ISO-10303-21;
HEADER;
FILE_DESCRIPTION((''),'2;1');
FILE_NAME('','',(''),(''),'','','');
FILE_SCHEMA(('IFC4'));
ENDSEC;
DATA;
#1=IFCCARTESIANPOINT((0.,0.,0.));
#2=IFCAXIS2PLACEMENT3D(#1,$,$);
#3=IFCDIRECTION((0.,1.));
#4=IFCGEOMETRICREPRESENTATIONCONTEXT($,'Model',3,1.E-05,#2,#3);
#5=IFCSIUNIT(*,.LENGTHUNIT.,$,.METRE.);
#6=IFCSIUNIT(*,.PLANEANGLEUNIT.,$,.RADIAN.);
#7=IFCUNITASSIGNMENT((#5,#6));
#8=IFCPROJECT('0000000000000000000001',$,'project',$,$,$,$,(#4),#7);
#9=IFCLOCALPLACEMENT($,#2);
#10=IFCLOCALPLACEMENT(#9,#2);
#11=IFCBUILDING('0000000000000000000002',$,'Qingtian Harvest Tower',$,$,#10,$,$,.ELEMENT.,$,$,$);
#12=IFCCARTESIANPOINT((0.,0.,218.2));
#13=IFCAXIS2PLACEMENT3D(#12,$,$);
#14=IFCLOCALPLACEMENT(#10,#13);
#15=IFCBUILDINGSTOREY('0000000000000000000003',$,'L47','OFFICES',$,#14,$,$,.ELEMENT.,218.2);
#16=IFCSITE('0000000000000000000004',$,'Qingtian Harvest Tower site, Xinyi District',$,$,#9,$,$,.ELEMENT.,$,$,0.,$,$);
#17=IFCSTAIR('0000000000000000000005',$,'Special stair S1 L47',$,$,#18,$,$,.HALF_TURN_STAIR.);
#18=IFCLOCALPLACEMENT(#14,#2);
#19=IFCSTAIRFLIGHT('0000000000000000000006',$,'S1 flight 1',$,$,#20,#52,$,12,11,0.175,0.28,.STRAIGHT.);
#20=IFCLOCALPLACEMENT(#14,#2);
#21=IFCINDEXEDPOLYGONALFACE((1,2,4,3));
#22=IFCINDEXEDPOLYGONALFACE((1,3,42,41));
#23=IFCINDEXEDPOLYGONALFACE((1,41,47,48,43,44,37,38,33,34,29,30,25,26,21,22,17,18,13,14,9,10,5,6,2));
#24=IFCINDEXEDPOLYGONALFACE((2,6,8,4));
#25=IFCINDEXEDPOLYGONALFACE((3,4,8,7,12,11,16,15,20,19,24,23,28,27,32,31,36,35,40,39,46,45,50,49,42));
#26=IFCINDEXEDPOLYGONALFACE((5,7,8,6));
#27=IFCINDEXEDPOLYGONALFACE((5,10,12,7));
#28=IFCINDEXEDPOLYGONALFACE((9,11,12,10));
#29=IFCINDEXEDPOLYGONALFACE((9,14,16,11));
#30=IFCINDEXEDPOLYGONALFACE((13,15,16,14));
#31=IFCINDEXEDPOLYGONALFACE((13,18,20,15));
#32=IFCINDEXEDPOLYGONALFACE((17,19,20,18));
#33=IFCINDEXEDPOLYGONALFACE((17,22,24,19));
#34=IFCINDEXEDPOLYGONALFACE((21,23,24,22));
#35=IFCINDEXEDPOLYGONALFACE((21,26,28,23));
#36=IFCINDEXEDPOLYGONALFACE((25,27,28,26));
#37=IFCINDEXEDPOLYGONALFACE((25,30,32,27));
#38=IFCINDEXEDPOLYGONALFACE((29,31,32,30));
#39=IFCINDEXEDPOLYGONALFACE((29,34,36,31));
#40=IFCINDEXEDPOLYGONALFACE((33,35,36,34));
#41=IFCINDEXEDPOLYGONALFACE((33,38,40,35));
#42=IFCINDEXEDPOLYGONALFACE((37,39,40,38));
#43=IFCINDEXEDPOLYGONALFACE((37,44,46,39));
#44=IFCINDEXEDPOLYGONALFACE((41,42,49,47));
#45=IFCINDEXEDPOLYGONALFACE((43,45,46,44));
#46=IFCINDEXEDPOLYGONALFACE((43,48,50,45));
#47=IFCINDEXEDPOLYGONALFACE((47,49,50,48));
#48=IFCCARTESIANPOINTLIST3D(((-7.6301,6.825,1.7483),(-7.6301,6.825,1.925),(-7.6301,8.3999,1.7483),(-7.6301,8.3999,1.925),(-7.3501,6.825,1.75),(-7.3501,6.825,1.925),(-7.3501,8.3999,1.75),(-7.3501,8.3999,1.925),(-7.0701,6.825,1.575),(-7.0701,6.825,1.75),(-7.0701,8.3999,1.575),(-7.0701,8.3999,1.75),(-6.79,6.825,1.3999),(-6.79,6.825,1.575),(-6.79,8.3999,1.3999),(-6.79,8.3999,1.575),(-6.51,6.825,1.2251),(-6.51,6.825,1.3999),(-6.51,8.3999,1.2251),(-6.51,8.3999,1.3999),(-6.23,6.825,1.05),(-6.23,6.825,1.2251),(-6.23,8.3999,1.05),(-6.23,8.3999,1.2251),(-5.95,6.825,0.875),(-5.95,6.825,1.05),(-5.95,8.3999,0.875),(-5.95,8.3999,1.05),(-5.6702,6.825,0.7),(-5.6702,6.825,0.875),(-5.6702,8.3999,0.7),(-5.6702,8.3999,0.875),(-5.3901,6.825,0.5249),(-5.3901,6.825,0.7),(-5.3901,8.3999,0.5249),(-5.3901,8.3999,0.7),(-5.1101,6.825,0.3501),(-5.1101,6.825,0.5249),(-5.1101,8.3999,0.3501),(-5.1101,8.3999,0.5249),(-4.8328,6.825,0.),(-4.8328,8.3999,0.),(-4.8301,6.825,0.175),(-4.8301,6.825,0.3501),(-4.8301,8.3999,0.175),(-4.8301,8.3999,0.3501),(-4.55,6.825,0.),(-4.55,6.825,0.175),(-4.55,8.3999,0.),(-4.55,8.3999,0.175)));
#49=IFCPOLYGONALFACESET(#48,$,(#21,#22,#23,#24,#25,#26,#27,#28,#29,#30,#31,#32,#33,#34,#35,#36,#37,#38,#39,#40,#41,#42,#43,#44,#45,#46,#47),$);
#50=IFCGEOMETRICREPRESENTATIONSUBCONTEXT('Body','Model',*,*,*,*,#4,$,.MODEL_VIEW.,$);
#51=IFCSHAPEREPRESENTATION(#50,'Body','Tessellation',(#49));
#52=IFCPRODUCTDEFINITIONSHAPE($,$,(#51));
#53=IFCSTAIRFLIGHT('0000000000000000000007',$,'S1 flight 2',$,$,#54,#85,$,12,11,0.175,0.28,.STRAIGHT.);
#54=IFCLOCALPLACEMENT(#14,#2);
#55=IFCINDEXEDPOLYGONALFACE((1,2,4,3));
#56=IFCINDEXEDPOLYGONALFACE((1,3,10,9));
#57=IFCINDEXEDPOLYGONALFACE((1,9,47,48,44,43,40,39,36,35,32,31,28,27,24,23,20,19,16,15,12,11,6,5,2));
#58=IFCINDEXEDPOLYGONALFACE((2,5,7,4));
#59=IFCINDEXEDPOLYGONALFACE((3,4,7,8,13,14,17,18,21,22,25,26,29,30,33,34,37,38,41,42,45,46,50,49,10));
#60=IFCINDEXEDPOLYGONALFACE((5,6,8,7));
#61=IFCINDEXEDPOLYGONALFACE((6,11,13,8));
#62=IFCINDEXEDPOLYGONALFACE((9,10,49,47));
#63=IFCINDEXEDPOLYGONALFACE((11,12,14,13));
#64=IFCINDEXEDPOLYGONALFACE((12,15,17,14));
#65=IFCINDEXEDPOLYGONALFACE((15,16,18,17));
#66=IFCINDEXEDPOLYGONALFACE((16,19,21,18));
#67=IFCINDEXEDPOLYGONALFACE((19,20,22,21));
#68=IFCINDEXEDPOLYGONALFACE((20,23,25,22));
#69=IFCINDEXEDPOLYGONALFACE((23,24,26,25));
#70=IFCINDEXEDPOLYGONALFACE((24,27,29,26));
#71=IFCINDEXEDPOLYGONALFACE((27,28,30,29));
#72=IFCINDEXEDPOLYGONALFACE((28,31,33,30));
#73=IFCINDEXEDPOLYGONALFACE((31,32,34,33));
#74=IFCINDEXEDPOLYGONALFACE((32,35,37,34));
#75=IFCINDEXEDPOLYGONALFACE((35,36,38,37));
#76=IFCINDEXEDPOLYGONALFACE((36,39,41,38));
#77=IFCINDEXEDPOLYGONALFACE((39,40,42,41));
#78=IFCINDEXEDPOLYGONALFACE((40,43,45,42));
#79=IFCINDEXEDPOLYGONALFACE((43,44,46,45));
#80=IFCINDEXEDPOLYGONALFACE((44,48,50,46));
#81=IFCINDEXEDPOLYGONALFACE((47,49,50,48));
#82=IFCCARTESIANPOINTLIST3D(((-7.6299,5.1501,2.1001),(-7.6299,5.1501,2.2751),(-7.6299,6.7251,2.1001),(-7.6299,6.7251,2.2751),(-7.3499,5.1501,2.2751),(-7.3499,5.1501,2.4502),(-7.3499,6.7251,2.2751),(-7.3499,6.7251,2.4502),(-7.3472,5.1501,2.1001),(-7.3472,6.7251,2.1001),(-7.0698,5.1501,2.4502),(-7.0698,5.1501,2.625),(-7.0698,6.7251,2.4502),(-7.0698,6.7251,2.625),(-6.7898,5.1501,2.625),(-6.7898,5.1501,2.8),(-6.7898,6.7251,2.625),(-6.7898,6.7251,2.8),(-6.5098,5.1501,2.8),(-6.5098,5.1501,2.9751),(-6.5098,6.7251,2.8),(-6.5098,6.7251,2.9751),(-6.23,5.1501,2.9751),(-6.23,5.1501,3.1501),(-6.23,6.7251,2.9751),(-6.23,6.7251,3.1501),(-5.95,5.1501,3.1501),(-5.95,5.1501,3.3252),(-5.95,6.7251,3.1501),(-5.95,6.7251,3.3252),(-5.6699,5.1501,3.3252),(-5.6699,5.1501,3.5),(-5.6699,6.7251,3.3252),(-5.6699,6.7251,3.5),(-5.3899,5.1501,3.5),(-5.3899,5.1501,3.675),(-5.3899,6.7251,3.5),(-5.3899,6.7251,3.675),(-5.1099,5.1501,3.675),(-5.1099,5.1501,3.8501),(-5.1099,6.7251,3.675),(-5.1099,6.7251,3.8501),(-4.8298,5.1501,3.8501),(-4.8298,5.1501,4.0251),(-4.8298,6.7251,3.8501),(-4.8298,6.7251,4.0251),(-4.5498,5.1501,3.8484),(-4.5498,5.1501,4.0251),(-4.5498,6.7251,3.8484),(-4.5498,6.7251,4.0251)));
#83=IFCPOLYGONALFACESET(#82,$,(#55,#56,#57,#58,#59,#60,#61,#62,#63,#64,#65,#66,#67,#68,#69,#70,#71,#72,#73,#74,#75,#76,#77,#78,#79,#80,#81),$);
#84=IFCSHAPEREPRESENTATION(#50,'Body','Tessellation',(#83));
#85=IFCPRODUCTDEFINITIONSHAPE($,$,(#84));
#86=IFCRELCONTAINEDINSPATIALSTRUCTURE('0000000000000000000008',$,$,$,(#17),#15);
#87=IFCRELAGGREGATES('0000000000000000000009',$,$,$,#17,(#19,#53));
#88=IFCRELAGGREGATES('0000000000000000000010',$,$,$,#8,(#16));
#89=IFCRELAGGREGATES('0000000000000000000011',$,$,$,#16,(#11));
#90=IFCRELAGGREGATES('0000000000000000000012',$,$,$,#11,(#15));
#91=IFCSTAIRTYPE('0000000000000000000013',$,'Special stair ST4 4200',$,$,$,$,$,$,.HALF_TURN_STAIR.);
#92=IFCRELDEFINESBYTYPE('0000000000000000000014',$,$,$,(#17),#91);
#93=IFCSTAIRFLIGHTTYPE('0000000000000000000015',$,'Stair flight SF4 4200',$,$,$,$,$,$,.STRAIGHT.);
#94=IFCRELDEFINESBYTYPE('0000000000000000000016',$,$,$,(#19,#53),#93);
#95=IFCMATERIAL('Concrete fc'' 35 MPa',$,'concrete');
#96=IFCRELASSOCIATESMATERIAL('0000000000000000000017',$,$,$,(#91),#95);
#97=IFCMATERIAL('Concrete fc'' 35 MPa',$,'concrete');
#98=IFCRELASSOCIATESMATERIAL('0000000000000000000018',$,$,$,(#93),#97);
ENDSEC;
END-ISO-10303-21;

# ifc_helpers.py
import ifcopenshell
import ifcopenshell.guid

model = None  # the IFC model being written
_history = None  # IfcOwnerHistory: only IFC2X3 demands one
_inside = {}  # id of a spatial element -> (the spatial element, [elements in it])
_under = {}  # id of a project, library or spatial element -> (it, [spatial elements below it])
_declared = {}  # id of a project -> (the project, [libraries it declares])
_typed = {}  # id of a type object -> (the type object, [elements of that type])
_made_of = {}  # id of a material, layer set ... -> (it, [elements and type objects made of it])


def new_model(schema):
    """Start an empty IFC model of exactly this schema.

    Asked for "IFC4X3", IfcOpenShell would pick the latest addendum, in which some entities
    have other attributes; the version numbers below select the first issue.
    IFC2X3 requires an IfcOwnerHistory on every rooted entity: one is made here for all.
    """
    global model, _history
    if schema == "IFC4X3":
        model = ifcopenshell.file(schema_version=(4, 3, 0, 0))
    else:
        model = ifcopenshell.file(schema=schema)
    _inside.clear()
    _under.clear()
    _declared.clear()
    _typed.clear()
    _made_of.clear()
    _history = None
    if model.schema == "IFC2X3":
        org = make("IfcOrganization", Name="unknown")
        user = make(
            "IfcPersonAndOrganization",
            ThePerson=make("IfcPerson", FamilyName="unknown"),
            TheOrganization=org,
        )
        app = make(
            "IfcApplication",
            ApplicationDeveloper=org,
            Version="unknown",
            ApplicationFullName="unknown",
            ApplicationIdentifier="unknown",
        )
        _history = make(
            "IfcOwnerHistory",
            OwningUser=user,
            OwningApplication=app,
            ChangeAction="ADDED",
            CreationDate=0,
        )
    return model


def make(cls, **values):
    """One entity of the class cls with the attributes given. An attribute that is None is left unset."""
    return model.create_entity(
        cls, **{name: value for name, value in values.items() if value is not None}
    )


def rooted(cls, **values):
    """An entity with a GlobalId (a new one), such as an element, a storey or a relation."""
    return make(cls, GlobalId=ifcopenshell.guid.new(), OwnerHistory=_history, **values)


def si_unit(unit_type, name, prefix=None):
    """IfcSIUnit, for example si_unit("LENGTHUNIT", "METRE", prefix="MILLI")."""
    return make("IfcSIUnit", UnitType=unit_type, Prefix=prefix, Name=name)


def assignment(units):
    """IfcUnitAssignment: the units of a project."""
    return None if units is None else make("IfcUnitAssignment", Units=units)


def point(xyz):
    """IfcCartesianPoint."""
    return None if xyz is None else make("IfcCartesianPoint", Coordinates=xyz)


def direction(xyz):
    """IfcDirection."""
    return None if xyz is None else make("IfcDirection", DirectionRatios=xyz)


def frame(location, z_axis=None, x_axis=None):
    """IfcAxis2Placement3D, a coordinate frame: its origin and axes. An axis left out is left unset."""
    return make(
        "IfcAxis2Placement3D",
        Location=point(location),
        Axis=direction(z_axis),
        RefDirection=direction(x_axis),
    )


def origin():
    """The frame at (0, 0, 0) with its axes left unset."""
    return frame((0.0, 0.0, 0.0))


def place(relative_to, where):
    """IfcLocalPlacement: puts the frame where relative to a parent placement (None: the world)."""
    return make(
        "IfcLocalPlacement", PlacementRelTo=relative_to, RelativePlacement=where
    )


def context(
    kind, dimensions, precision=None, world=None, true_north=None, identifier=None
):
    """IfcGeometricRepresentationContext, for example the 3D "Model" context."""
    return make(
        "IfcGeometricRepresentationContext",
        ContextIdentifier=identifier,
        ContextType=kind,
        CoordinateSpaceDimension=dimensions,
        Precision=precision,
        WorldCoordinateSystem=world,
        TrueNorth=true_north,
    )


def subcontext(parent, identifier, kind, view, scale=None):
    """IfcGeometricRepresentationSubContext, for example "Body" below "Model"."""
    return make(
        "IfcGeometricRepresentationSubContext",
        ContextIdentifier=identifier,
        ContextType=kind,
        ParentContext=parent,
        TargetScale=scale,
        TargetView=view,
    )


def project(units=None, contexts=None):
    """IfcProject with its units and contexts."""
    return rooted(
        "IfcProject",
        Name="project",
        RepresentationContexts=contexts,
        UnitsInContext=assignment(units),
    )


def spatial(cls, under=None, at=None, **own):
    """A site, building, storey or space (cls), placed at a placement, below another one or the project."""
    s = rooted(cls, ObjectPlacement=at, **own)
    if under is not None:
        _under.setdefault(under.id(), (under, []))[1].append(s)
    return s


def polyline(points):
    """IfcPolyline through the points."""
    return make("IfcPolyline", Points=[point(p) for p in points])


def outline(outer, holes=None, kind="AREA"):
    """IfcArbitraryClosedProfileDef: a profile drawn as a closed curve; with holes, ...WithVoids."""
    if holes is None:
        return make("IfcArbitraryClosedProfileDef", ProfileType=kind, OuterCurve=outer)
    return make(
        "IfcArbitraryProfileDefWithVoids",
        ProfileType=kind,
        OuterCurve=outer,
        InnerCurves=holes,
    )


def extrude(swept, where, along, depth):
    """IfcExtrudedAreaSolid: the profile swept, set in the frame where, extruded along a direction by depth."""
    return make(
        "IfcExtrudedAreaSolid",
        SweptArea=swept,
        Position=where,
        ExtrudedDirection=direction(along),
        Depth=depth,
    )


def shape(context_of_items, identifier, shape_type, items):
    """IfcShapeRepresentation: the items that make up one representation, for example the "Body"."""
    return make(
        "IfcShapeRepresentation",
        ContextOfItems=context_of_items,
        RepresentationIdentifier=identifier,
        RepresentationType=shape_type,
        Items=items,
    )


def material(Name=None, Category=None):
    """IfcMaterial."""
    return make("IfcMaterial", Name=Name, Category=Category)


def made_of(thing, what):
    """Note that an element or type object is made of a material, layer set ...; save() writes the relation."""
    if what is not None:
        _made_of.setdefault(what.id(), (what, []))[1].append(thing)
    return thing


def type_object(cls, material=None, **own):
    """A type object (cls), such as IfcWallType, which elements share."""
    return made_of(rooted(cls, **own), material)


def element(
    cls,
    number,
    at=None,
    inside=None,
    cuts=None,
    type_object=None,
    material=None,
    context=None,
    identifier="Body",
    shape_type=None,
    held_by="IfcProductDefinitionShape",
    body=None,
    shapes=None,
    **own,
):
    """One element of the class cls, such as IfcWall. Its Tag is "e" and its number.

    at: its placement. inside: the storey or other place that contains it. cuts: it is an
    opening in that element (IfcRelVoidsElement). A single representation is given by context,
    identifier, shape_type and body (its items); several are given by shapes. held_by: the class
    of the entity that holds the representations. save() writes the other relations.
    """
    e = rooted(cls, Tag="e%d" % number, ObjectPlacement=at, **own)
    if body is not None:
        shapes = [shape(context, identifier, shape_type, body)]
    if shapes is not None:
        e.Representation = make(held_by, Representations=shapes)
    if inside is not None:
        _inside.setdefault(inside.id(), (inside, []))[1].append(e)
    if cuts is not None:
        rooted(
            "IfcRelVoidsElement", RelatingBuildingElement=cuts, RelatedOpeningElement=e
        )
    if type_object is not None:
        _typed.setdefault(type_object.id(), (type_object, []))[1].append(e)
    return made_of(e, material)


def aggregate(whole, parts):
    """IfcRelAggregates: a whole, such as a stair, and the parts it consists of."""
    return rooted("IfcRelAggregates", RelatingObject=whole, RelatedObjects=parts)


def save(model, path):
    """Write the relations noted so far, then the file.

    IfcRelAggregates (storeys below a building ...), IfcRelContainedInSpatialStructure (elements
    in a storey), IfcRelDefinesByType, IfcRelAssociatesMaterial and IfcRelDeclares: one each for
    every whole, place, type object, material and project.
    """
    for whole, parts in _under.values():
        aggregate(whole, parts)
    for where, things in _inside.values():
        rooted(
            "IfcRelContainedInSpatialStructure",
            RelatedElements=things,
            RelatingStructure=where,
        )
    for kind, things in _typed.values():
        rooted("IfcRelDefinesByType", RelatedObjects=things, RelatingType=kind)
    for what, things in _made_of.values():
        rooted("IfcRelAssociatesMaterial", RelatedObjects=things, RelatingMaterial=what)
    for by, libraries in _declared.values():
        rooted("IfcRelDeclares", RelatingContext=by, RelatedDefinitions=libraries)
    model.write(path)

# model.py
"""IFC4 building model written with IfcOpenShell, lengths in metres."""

from ifc_helpers import new_model, si_unit, direction, frame, origin, place, context, subcontext, project, spatial, polyline, outline, extrude, material, type_object, element, aggregate, save


model = new_model("IFC4")

# Units and contexts
model_context = context("Model", 3, precision=1e-05, world=origin(), true_north=direction((0.0, 1.0)))
body_context = subcontext(model_context, "Body", "Model", "MODEL_VIEW")
ifc_project = project(units=[si_unit("LENGTHUNIT", "METRE"), si_unit("PLANEANGLEUNIT", "RADIAN")], contexts=[model_context])

# Site, building, storey
site_placement = place(None, origin())
site = spatial("IfcSite", under=ifc_project, at=site_placement, Name="Qingtian Harvest Tower site, Xinyi District", CompositionType="ELEMENT", RefElevation=0.0)
building_placement = place(site_placement, origin())
building = spatial("IfcBuilding", under=site, at=building_placement, Name="Qingtian Harvest Tower", CompositionType="ELEMENT")
storey_placement = place(building_placement, frame((0.0, 0.0, 218.2)))
storey = spatial("IfcBuildingStorey", under=building, at=storey_placement, Name="L47", Description="OFFICES", CompositionType="ELEMENT", Elevation=218.2)

# Stair, stair flights
ifc_material_1 = material(Name="Concrete fc' 35 MPa", Category="concrete")
stair_type = type_object("IfcStairType", Name="Special stair ST4 4200", PredefinedType="HALF_TURN_STAIR", material=ifc_material_1)
stair_placement = place(storey_placement, origin())
stair = element("IfcStair", 1, at=stair_placement, inside=storey, type_object=stair_type, Name="Special stair S1 L47", PredefinedType="HALF_TURN_STAIR")
ifc_material_2 = material(Name="Concrete fc' 35 MPa", Category="concrete")
stair_flight_type = type_object("IfcStairFlightType", Name="Stair flight SF4 4200", PredefinedType="STRAIGHT", material=ifc_material_2)
stair_flight_1_placement = place(storey_placement, frame((-4.55, 7.6125, 0.0), z_axis=(0.0, 0.0, 1.0), x_axis=(-1.0, 0.0, 0.0)))
stair_flight_1 = element("IfcStairFlight", 2, at=stair_flight_1_placement, type_object=stair_flight_type, Name="S1 flight 1", NumberOfRisers=12, NumberOfTreads=11, PredefinedType="STRAIGHT", RiserHeight=0.175, TreadLength=0.28, context=body_context, shape_type="SweptSolid", body=[
    extrude(outline(polyline([(0.0, 0.0), (0.0, 0.175), (0.28, 0.175), (0.28, 0.3501), (0.5601, 0.3501), (0.5601, 0.5249), (0.8401, 0.5249), (0.8401, 0.7), (1.1201, 0.7), (1.1201, 0.875), (1.3999, 0.875), (1.3999, 1.05), (1.6799, 1.05), (1.6799, 1.2251), (1.96, 1.2251), (1.96, 1.3999), (2.24, 1.3999), (2.24, 1.575), (2.52, 1.575), (2.52, 1.75), (2.8, 1.75), (2.8, 1.925), (3.0801, 1.925), (3.0801, 2.1001), (3.0801, 1.7483), (0.2827, 0.0), (0.0, 0.0)])), frame((0.0, 0.7876, 0.0), z_axis=(0.0, -1.0, 0.0), x_axis=(1.0, 0.0, 0.0)), (0.0, 0.0, 1.0), 1.575),
])
stair_flight_2_placement = place(storey_placement, frame((-7.6299, 5.9375, 2.1001), z_axis=(0.0, 0.0, 1.0), x_axis=(1.0, 0.0, 0.0)))
stair_flight_2 = element("IfcStairFlight", 3, at=stair_flight_2_placement, type_object=stair_flight_type, Name="S1 flight 2", NumberOfRisers=12, NumberOfTreads=11, PredefinedType="STRAIGHT", RiserHeight=0.175, TreadLength=0.28, context=body_context, shape_type="SweptSolid", body=[
    extrude(outline(polyline([(0.0, 0.0), (0.0, 0.175), (0.28, 0.175), (0.28, 0.3501), (0.5601, 0.3501), (0.5601, 0.5249), (0.8401, 0.5249), (0.8401, 0.7), (1.1201, 0.7), (1.1201, 0.875), (1.3999, 0.875), (1.3999, 1.05), (1.6799, 1.05), (1.6799, 1.2251), (1.96, 1.2251), (1.96, 1.3999), (2.24, 1.3999), (2.24, 1.575), (2.52, 1.575), (2.52, 1.75), (2.8, 1.75), (2.8, 1.925), (3.0801, 1.925), (3.0801, 2.1001), (3.0801, 1.7483), (0.2827, 0.0), (0.0, 0.0)])), frame((0.0, 0.7876, 0.0), z_axis=(0.0, -1.0, 0.0), x_axis=(1.0, 0.0, 0.0)), (0.0, 0.0, 1.0), 1.575),
])
aggregate(stair, [stair_flight_1, stair_flight_2])

save(model, "model.ifc")
